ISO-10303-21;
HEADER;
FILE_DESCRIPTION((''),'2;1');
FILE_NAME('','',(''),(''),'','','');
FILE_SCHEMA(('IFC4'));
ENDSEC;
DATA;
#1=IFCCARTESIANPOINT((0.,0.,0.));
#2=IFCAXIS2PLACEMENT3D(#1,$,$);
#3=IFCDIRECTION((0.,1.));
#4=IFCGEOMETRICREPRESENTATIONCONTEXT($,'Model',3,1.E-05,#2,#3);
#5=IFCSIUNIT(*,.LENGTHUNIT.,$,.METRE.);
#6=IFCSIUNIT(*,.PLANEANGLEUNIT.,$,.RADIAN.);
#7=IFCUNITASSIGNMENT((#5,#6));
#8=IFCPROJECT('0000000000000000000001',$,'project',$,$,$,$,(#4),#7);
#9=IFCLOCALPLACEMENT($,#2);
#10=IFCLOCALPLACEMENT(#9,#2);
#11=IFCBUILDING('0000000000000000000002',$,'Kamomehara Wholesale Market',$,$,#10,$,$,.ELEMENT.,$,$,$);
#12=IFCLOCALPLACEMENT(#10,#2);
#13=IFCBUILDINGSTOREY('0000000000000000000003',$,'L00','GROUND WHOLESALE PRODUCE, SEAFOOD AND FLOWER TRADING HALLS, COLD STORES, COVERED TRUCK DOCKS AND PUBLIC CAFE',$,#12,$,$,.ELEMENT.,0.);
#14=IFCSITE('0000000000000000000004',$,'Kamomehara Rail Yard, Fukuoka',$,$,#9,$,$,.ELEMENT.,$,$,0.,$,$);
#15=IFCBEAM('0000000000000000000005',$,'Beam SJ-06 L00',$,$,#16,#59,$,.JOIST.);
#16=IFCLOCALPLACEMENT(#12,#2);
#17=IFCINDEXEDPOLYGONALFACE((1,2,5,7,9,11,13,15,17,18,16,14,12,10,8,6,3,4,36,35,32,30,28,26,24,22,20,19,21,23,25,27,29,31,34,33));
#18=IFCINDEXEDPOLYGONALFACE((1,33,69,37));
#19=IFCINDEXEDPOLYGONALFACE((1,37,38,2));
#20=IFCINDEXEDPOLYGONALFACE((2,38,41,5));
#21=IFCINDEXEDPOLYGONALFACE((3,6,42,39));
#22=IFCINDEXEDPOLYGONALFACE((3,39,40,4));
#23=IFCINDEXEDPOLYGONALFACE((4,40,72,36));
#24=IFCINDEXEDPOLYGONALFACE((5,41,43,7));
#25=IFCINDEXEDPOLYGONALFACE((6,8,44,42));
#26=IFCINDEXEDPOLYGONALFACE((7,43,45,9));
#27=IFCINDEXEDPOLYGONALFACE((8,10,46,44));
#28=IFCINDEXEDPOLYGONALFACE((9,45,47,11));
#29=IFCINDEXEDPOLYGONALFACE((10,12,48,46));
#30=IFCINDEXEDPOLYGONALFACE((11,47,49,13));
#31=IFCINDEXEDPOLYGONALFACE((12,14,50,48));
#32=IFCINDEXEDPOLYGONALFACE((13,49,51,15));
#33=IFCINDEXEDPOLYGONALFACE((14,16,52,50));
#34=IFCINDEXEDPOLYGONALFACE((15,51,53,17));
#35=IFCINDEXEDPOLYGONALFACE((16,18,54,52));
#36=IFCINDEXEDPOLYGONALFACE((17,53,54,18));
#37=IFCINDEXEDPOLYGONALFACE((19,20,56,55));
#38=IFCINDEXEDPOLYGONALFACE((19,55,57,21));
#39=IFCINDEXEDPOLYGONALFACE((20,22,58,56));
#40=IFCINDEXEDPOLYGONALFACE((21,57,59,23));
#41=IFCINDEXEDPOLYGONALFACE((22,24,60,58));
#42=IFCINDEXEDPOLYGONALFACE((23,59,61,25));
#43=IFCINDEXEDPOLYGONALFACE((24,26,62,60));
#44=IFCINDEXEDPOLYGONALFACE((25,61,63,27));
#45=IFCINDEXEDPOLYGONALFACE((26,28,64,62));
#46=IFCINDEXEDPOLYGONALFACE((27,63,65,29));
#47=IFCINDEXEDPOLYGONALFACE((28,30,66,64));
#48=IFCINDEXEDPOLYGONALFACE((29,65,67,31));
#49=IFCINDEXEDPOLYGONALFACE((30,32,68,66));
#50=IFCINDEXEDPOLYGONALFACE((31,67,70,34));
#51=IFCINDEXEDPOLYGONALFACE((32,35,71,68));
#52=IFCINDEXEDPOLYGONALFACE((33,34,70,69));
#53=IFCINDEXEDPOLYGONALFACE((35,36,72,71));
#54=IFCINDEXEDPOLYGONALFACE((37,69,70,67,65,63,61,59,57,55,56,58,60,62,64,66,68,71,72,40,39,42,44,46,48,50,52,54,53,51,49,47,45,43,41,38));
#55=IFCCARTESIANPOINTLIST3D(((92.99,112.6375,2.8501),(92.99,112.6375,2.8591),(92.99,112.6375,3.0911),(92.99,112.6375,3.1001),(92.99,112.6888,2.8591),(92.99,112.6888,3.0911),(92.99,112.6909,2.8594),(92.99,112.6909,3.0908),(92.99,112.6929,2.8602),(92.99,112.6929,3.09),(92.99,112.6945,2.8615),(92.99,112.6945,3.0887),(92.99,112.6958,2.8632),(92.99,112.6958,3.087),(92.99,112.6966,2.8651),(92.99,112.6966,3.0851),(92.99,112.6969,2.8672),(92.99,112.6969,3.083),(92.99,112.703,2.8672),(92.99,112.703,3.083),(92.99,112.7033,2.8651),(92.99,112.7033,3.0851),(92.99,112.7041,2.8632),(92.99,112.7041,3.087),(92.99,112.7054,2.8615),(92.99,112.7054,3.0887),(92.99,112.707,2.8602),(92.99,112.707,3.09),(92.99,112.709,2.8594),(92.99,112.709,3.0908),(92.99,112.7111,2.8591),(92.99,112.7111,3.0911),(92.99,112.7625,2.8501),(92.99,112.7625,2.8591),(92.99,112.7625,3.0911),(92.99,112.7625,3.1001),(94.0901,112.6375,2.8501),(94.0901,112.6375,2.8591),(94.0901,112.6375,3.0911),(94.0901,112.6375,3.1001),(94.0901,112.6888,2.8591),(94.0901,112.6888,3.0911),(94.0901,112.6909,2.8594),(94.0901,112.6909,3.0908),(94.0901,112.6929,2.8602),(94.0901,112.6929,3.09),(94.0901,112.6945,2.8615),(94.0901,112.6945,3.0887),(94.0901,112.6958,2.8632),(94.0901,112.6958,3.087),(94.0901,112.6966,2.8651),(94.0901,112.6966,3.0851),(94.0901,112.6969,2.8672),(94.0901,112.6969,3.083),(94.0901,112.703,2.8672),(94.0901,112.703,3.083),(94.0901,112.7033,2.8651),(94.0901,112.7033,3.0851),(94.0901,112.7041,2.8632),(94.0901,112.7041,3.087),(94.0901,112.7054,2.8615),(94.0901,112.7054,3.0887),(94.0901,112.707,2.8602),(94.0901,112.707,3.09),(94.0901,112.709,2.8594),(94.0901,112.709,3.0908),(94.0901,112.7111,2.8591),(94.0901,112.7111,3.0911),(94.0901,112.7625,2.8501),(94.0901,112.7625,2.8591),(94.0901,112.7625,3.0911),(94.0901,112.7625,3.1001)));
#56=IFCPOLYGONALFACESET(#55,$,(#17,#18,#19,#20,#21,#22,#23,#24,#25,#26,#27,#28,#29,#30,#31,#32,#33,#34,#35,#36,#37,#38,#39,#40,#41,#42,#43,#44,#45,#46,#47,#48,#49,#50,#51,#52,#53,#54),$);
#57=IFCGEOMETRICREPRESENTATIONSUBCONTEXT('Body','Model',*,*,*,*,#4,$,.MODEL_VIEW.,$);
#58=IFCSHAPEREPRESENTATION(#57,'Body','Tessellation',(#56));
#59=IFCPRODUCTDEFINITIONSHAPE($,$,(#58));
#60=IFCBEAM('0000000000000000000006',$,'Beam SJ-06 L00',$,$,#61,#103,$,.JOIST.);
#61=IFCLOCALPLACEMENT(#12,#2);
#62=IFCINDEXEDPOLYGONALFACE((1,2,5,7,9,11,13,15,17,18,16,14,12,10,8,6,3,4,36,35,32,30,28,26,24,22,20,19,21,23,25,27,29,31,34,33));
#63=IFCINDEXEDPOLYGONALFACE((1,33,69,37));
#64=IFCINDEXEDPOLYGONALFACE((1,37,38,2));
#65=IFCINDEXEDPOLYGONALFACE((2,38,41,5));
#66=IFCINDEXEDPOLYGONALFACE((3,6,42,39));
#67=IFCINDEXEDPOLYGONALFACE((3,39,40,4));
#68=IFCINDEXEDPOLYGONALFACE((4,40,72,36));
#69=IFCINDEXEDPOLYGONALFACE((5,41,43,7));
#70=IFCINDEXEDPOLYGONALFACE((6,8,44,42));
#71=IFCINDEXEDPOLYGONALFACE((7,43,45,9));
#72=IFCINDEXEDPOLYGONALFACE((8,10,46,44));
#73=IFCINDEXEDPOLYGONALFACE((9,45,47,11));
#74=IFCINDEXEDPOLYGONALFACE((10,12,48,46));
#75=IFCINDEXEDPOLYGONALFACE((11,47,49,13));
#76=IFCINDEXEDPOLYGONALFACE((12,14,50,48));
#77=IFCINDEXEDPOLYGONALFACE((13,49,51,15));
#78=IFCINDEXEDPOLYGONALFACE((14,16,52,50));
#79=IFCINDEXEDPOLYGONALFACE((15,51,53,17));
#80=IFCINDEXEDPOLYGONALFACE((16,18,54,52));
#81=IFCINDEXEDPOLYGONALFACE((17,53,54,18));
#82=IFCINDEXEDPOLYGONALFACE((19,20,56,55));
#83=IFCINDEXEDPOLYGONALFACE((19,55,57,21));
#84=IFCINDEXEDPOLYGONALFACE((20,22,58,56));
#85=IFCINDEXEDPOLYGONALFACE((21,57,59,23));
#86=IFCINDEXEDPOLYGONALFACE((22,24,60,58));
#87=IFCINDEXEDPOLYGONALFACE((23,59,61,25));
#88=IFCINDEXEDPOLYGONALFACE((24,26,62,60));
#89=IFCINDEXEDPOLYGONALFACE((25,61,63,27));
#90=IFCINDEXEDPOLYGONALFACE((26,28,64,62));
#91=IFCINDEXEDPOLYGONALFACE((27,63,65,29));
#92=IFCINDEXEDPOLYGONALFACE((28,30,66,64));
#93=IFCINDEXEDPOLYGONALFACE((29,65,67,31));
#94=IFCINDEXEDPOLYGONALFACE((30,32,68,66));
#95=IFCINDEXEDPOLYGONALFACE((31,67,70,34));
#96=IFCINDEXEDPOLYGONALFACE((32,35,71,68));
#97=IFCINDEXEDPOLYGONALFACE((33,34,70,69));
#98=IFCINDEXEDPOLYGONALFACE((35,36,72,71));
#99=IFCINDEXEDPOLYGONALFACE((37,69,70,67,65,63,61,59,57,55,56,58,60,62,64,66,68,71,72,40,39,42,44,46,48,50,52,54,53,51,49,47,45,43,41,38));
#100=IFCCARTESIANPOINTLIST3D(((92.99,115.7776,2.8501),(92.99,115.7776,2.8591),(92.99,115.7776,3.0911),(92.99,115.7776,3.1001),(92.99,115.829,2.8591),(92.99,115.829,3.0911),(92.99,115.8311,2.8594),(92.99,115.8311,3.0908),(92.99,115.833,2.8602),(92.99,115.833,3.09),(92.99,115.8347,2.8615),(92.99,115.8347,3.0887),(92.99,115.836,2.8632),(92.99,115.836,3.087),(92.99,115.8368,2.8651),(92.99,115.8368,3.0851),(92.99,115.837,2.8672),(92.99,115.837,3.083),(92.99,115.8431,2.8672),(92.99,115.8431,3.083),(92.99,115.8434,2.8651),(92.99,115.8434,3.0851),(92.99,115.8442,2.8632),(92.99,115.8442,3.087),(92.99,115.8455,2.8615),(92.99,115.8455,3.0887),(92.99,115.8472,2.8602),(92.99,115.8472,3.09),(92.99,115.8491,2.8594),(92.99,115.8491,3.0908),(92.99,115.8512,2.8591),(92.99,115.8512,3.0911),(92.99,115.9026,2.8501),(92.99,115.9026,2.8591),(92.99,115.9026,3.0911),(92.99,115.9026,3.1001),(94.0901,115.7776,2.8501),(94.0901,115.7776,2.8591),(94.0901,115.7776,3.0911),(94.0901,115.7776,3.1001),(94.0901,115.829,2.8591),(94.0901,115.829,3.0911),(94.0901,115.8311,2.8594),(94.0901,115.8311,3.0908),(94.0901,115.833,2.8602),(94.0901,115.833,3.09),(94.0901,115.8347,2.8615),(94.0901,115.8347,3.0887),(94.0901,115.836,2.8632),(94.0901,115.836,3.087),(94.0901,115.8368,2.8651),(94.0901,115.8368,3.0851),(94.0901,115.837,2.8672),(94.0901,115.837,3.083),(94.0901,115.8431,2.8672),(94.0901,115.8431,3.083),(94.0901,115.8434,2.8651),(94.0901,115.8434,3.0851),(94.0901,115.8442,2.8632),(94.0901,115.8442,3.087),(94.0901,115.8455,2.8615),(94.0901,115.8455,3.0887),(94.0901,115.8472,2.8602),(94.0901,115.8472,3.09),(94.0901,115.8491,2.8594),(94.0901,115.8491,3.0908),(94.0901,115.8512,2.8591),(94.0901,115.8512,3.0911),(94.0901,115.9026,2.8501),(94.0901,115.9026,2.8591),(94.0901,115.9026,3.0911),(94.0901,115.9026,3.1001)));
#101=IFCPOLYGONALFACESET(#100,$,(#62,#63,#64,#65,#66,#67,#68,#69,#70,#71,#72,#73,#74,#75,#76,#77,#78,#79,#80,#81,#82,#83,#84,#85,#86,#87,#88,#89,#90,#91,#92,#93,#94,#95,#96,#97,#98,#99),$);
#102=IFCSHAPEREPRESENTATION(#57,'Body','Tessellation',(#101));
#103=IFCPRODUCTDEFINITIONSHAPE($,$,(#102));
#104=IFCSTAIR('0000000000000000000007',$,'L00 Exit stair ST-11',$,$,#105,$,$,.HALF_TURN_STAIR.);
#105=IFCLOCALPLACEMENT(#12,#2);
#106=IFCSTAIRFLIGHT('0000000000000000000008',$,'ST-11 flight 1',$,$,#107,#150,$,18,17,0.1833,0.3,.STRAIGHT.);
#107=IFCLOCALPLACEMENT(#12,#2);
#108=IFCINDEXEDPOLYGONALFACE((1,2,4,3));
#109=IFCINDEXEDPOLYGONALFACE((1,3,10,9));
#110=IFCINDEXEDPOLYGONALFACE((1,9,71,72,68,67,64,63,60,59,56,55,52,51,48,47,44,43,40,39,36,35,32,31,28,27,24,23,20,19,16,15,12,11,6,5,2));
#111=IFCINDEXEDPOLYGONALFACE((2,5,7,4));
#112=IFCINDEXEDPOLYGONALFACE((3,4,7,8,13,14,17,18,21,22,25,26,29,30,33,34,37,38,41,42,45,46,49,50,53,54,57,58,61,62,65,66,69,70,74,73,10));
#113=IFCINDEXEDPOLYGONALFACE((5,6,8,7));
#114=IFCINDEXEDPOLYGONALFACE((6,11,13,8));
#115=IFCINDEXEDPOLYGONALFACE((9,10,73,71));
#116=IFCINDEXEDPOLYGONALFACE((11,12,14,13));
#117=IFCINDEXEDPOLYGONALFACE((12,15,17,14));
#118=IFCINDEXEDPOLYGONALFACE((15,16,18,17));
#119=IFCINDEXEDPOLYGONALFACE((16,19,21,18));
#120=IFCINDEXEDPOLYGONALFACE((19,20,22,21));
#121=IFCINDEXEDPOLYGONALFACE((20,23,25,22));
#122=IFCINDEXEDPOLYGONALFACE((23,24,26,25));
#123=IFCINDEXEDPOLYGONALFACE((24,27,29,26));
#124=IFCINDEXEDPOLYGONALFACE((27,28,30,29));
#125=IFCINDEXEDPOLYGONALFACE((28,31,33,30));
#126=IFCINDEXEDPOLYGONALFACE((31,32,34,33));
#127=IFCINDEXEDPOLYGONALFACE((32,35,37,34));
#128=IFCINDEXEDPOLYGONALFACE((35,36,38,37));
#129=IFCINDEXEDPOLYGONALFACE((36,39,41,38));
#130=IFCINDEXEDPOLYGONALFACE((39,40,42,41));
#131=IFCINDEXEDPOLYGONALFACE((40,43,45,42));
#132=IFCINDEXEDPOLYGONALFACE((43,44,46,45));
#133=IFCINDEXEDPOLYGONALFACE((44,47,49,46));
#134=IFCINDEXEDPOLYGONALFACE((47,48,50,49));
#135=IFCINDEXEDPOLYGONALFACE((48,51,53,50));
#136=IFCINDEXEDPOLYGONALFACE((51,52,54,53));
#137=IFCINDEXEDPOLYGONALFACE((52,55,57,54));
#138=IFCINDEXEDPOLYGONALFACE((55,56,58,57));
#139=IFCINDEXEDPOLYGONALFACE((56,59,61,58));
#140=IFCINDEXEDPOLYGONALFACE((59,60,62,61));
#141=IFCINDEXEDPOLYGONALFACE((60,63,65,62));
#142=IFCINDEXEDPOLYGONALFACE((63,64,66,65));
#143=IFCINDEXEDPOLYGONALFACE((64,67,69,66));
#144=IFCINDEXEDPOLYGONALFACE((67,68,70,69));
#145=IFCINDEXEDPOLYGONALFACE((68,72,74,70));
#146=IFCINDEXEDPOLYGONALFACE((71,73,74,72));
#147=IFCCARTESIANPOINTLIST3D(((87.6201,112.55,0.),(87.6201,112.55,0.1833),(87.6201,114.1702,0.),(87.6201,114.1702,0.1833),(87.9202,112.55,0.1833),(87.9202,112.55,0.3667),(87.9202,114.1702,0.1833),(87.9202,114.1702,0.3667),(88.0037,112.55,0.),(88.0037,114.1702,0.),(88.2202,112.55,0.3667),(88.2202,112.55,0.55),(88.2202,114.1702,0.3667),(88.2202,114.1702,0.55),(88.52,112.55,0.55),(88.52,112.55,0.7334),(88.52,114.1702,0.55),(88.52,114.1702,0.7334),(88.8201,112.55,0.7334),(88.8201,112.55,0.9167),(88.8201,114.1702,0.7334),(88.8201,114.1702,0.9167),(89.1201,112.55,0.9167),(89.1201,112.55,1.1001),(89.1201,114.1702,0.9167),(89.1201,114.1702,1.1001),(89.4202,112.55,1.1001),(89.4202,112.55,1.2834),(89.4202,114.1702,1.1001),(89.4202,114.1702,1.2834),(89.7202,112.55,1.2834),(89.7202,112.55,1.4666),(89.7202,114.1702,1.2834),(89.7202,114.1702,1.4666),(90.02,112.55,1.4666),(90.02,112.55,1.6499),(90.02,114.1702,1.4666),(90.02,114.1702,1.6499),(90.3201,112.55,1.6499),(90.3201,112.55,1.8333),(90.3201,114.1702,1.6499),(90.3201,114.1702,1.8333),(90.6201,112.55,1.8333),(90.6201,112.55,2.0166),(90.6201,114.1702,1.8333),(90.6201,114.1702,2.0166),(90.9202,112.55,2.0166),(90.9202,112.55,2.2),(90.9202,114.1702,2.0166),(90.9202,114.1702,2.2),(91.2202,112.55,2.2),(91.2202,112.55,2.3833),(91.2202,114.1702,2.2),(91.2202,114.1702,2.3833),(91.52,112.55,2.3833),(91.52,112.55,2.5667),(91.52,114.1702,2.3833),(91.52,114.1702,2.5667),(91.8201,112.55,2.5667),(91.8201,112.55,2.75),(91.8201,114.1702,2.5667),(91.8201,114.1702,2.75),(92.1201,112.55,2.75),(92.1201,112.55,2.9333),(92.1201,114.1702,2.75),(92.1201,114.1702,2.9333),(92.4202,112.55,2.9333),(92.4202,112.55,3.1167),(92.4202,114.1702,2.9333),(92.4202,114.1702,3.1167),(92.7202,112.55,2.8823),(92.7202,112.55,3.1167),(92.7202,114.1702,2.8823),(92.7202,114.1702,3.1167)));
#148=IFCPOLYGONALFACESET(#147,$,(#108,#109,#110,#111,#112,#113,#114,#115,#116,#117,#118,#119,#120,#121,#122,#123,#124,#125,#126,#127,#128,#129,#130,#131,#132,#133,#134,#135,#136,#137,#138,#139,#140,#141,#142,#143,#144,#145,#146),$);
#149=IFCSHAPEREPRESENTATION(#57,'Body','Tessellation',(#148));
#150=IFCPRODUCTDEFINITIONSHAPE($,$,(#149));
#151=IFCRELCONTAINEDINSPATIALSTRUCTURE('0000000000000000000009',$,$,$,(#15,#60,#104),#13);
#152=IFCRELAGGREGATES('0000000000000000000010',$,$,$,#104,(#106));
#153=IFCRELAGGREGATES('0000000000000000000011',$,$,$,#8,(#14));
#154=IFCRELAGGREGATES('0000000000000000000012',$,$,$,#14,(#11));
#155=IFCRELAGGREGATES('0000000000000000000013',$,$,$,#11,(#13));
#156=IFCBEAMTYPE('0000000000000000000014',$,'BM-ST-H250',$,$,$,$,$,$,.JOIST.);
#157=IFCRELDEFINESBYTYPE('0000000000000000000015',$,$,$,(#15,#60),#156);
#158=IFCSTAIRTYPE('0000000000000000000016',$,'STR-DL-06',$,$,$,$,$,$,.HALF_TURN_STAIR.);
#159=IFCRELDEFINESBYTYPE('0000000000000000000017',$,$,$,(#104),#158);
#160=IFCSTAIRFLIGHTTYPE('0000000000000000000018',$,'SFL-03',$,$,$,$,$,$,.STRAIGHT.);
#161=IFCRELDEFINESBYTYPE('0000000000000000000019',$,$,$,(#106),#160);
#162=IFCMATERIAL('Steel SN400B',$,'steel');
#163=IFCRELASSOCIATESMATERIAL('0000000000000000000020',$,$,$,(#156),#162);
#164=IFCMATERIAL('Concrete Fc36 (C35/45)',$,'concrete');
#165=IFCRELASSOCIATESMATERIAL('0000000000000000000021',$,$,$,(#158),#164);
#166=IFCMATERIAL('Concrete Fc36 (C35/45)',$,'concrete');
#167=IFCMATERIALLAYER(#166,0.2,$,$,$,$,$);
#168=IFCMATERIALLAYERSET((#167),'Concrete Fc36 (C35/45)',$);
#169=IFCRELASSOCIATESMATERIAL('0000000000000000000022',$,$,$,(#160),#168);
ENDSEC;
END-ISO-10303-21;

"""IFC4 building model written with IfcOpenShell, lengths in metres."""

from ifc_helpers import new_model, si_unit, direction, frame, origin, origin_2d, place, context, subcontext, project, spatial, polyline, i_section, outline, extrude, material, layer, layer_set, material_profile, profile_set, type_object, element, aggregate, save


model = new_model("IFC4")

# Units and contexts
model_context = context("Model", 3, precision=1e-05, world=origin(), true_north=direction((0.0, 1.0)))
body_context = subcontext(model_context, "Body", "Model", "MODEL_VIEW")
ifc_project = project(units=[si_unit("LENGTHUNIT", "METRE"), si_unit("PLANEANGLEUNIT", "RADIAN")], contexts=[model_context])

# Site, building, storey
site_placement = place(None, origin())
site = spatial("IfcSite", under=ifc_project, at=site_placement, Name="Kamomehara Rail Yard, Fukuoka", CompositionType="ELEMENT", RefElevation=0.0)
building_placement = place(site_placement, origin())
building = spatial("IfcBuilding", under=site, at=building_placement, Name="Kamomehara Wholesale Market", CompositionType="ELEMENT")
storey_placement = place(building_placement, origin())
storey = spatial("IfcBuildingStorey", under=building, at=storey_placement, Name="L00", Description="GROUND WHOLESALE PRODUCE, SEAFOOD AND FLOWER TRADING HALLS, COLD STORES, COVERED TRUCK DOCKS AND PUBLIC CAFE", CompositionType="ELEMENT", Elevation=0.0)

# Beams
ifc_material_1 = material(Name="Steel SN400B", Category="steel")
ifc_material_profile_1 = material_profile(ifc_material_1, i_section(OverallWidth=0.125, OverallDepth=0.25, WebThickness=0.0061, FlangeThickness=0.009, FilletRadius=0.0081, at=origin_2d()), Name="H-250x125x6x9")
ifc_profile_set_1 = profile_set([ifc_material_profile_1], Name="Steel SN400B")
beam_type = type_object("IfcBeamType", Name="BM-ST-H250", PredefinedType="JOIST", material=ifc_profile_set_1)
for number, where, z_axis, x_axis, name in (
    (1, (92.99, 112.7, 2.9751), (1.0, 0.0, 0.0), (0.0, 1.0, 0.0), "Beam SJ-06 L00"),
    (2, (92.99, 115.8401, 2.9751), (1.0, 0.0, 0.0), (0.0, 1.0, 0.0), "Beam SJ-06 L00"),
):
    element("IfcBeam", number, at=place(storey_placement, frame(where, z_axis=z_axis, x_axis=x_axis)), inside=storey, type_object=beam_type, Name=name, PredefinedType="JOIST", context=body_context, shape_type="SweptSolid", body=[
        extrude(i_section(OverallWidth=0.125, OverallDepth=0.25, WebThickness=0.0061, FlangeThickness=0.009, FilletRadius=0.0081, at=origin_2d()), origin(), (0.0, 0.0, 1.0), 1.1001),
    ])

# Stair, stair flight
ifc_material_2 = material(Name="Concrete Fc36 (C35/45)", Category="concrete")
stair_type = type_object("IfcStairType", Name="STR-DL-06", PredefinedType="HALF_TURN_STAIR", material=ifc_material_2)
stair_placement = place(storey_placement, origin())
stair = element("IfcStair", 3, at=stair_placement, inside=storey, type_object=stair_type, Name="L00 Exit stair ST-11", PredefinedType="HALF_TURN_STAIR")
ifc_material_3 = material(Name="Concrete Fc36 (C35/45)", Category="concrete")
ifc_layer = layer(ifc_material_3, 0.2)
ifc_layer_set = layer_set([ifc_layer], Name="Concrete Fc36 (C35/45)")
stair_flight_type = type_object("IfcStairFlightType", Name="SFL-03", PredefinedType="STRAIGHT", material=ifc_layer_set)
stair_flight_1_placement = place(storey_placement, frame((87.6201, 113.3601, 0.0), z_axis=(0.0, 0.0, 1.0), x_axis=(1.0, 0.0, 0.0)))
stair_flight_1 = element("IfcStairFlight", 4, at=stair_flight_1_placement, type_object=stair_flight_type, Name="ST-11 flight 1", NumberOfRisers=18, NumberOfTreads=17, PredefinedType="STRAIGHT", RiserHeight=0.1833, TreadLength=0.3, context=body_context, shape_type="SweptSolid", body=[
    extrude(outline(polyline([(0.0, 0.0), (0.0, 0.1833), (0.3, 0.1833), (0.3, 0.3667), (0.6001, 0.3667), (0.6001, 0.55), (0.8999, 0.55), (0.8999, 0.7334), (1.2, 0.7334), (1.2, 0.9167), (1.5, 0.9167), (1.5, 1.1001), (1.8, 1.1001), (1.8, 1.2834), (2.1001, 1.2834), (2.1001, 1.4666), (2.3999, 1.4666), (2.3999, 1.6499), (2.7, 1.6499), (2.7, 1.8333), (3.0, 1.8333), (3.0, 2.0166), (3.3, 2.0166), (3.3, 2.2), (3.6001, 2.2), (3.6001, 2.3833), (3.8999, 2.3833), (3.8999, 2.5667), (4.2, 2.5667), (4.2, 2.75), (4.5, 2.75), (4.5, 2.9333), (4.8, 2.9333), (4.8, 3.1167), (5.1001, 3.1167), (5.1001, 3.3), (5.1001, 2.8823), (0.3835, 0.0), (0.0, 0.0)])), frame((0.0, 0.8101, 0.0), z_axis=(0.0, -1.0, 0.0), x_axis=(1.0, 0.0, 0.0)), (0.0, 0.0, 1.0), 1.6201),
])
aggregate(stair, [stair_flight_1])

save(model, "model.ifc")
